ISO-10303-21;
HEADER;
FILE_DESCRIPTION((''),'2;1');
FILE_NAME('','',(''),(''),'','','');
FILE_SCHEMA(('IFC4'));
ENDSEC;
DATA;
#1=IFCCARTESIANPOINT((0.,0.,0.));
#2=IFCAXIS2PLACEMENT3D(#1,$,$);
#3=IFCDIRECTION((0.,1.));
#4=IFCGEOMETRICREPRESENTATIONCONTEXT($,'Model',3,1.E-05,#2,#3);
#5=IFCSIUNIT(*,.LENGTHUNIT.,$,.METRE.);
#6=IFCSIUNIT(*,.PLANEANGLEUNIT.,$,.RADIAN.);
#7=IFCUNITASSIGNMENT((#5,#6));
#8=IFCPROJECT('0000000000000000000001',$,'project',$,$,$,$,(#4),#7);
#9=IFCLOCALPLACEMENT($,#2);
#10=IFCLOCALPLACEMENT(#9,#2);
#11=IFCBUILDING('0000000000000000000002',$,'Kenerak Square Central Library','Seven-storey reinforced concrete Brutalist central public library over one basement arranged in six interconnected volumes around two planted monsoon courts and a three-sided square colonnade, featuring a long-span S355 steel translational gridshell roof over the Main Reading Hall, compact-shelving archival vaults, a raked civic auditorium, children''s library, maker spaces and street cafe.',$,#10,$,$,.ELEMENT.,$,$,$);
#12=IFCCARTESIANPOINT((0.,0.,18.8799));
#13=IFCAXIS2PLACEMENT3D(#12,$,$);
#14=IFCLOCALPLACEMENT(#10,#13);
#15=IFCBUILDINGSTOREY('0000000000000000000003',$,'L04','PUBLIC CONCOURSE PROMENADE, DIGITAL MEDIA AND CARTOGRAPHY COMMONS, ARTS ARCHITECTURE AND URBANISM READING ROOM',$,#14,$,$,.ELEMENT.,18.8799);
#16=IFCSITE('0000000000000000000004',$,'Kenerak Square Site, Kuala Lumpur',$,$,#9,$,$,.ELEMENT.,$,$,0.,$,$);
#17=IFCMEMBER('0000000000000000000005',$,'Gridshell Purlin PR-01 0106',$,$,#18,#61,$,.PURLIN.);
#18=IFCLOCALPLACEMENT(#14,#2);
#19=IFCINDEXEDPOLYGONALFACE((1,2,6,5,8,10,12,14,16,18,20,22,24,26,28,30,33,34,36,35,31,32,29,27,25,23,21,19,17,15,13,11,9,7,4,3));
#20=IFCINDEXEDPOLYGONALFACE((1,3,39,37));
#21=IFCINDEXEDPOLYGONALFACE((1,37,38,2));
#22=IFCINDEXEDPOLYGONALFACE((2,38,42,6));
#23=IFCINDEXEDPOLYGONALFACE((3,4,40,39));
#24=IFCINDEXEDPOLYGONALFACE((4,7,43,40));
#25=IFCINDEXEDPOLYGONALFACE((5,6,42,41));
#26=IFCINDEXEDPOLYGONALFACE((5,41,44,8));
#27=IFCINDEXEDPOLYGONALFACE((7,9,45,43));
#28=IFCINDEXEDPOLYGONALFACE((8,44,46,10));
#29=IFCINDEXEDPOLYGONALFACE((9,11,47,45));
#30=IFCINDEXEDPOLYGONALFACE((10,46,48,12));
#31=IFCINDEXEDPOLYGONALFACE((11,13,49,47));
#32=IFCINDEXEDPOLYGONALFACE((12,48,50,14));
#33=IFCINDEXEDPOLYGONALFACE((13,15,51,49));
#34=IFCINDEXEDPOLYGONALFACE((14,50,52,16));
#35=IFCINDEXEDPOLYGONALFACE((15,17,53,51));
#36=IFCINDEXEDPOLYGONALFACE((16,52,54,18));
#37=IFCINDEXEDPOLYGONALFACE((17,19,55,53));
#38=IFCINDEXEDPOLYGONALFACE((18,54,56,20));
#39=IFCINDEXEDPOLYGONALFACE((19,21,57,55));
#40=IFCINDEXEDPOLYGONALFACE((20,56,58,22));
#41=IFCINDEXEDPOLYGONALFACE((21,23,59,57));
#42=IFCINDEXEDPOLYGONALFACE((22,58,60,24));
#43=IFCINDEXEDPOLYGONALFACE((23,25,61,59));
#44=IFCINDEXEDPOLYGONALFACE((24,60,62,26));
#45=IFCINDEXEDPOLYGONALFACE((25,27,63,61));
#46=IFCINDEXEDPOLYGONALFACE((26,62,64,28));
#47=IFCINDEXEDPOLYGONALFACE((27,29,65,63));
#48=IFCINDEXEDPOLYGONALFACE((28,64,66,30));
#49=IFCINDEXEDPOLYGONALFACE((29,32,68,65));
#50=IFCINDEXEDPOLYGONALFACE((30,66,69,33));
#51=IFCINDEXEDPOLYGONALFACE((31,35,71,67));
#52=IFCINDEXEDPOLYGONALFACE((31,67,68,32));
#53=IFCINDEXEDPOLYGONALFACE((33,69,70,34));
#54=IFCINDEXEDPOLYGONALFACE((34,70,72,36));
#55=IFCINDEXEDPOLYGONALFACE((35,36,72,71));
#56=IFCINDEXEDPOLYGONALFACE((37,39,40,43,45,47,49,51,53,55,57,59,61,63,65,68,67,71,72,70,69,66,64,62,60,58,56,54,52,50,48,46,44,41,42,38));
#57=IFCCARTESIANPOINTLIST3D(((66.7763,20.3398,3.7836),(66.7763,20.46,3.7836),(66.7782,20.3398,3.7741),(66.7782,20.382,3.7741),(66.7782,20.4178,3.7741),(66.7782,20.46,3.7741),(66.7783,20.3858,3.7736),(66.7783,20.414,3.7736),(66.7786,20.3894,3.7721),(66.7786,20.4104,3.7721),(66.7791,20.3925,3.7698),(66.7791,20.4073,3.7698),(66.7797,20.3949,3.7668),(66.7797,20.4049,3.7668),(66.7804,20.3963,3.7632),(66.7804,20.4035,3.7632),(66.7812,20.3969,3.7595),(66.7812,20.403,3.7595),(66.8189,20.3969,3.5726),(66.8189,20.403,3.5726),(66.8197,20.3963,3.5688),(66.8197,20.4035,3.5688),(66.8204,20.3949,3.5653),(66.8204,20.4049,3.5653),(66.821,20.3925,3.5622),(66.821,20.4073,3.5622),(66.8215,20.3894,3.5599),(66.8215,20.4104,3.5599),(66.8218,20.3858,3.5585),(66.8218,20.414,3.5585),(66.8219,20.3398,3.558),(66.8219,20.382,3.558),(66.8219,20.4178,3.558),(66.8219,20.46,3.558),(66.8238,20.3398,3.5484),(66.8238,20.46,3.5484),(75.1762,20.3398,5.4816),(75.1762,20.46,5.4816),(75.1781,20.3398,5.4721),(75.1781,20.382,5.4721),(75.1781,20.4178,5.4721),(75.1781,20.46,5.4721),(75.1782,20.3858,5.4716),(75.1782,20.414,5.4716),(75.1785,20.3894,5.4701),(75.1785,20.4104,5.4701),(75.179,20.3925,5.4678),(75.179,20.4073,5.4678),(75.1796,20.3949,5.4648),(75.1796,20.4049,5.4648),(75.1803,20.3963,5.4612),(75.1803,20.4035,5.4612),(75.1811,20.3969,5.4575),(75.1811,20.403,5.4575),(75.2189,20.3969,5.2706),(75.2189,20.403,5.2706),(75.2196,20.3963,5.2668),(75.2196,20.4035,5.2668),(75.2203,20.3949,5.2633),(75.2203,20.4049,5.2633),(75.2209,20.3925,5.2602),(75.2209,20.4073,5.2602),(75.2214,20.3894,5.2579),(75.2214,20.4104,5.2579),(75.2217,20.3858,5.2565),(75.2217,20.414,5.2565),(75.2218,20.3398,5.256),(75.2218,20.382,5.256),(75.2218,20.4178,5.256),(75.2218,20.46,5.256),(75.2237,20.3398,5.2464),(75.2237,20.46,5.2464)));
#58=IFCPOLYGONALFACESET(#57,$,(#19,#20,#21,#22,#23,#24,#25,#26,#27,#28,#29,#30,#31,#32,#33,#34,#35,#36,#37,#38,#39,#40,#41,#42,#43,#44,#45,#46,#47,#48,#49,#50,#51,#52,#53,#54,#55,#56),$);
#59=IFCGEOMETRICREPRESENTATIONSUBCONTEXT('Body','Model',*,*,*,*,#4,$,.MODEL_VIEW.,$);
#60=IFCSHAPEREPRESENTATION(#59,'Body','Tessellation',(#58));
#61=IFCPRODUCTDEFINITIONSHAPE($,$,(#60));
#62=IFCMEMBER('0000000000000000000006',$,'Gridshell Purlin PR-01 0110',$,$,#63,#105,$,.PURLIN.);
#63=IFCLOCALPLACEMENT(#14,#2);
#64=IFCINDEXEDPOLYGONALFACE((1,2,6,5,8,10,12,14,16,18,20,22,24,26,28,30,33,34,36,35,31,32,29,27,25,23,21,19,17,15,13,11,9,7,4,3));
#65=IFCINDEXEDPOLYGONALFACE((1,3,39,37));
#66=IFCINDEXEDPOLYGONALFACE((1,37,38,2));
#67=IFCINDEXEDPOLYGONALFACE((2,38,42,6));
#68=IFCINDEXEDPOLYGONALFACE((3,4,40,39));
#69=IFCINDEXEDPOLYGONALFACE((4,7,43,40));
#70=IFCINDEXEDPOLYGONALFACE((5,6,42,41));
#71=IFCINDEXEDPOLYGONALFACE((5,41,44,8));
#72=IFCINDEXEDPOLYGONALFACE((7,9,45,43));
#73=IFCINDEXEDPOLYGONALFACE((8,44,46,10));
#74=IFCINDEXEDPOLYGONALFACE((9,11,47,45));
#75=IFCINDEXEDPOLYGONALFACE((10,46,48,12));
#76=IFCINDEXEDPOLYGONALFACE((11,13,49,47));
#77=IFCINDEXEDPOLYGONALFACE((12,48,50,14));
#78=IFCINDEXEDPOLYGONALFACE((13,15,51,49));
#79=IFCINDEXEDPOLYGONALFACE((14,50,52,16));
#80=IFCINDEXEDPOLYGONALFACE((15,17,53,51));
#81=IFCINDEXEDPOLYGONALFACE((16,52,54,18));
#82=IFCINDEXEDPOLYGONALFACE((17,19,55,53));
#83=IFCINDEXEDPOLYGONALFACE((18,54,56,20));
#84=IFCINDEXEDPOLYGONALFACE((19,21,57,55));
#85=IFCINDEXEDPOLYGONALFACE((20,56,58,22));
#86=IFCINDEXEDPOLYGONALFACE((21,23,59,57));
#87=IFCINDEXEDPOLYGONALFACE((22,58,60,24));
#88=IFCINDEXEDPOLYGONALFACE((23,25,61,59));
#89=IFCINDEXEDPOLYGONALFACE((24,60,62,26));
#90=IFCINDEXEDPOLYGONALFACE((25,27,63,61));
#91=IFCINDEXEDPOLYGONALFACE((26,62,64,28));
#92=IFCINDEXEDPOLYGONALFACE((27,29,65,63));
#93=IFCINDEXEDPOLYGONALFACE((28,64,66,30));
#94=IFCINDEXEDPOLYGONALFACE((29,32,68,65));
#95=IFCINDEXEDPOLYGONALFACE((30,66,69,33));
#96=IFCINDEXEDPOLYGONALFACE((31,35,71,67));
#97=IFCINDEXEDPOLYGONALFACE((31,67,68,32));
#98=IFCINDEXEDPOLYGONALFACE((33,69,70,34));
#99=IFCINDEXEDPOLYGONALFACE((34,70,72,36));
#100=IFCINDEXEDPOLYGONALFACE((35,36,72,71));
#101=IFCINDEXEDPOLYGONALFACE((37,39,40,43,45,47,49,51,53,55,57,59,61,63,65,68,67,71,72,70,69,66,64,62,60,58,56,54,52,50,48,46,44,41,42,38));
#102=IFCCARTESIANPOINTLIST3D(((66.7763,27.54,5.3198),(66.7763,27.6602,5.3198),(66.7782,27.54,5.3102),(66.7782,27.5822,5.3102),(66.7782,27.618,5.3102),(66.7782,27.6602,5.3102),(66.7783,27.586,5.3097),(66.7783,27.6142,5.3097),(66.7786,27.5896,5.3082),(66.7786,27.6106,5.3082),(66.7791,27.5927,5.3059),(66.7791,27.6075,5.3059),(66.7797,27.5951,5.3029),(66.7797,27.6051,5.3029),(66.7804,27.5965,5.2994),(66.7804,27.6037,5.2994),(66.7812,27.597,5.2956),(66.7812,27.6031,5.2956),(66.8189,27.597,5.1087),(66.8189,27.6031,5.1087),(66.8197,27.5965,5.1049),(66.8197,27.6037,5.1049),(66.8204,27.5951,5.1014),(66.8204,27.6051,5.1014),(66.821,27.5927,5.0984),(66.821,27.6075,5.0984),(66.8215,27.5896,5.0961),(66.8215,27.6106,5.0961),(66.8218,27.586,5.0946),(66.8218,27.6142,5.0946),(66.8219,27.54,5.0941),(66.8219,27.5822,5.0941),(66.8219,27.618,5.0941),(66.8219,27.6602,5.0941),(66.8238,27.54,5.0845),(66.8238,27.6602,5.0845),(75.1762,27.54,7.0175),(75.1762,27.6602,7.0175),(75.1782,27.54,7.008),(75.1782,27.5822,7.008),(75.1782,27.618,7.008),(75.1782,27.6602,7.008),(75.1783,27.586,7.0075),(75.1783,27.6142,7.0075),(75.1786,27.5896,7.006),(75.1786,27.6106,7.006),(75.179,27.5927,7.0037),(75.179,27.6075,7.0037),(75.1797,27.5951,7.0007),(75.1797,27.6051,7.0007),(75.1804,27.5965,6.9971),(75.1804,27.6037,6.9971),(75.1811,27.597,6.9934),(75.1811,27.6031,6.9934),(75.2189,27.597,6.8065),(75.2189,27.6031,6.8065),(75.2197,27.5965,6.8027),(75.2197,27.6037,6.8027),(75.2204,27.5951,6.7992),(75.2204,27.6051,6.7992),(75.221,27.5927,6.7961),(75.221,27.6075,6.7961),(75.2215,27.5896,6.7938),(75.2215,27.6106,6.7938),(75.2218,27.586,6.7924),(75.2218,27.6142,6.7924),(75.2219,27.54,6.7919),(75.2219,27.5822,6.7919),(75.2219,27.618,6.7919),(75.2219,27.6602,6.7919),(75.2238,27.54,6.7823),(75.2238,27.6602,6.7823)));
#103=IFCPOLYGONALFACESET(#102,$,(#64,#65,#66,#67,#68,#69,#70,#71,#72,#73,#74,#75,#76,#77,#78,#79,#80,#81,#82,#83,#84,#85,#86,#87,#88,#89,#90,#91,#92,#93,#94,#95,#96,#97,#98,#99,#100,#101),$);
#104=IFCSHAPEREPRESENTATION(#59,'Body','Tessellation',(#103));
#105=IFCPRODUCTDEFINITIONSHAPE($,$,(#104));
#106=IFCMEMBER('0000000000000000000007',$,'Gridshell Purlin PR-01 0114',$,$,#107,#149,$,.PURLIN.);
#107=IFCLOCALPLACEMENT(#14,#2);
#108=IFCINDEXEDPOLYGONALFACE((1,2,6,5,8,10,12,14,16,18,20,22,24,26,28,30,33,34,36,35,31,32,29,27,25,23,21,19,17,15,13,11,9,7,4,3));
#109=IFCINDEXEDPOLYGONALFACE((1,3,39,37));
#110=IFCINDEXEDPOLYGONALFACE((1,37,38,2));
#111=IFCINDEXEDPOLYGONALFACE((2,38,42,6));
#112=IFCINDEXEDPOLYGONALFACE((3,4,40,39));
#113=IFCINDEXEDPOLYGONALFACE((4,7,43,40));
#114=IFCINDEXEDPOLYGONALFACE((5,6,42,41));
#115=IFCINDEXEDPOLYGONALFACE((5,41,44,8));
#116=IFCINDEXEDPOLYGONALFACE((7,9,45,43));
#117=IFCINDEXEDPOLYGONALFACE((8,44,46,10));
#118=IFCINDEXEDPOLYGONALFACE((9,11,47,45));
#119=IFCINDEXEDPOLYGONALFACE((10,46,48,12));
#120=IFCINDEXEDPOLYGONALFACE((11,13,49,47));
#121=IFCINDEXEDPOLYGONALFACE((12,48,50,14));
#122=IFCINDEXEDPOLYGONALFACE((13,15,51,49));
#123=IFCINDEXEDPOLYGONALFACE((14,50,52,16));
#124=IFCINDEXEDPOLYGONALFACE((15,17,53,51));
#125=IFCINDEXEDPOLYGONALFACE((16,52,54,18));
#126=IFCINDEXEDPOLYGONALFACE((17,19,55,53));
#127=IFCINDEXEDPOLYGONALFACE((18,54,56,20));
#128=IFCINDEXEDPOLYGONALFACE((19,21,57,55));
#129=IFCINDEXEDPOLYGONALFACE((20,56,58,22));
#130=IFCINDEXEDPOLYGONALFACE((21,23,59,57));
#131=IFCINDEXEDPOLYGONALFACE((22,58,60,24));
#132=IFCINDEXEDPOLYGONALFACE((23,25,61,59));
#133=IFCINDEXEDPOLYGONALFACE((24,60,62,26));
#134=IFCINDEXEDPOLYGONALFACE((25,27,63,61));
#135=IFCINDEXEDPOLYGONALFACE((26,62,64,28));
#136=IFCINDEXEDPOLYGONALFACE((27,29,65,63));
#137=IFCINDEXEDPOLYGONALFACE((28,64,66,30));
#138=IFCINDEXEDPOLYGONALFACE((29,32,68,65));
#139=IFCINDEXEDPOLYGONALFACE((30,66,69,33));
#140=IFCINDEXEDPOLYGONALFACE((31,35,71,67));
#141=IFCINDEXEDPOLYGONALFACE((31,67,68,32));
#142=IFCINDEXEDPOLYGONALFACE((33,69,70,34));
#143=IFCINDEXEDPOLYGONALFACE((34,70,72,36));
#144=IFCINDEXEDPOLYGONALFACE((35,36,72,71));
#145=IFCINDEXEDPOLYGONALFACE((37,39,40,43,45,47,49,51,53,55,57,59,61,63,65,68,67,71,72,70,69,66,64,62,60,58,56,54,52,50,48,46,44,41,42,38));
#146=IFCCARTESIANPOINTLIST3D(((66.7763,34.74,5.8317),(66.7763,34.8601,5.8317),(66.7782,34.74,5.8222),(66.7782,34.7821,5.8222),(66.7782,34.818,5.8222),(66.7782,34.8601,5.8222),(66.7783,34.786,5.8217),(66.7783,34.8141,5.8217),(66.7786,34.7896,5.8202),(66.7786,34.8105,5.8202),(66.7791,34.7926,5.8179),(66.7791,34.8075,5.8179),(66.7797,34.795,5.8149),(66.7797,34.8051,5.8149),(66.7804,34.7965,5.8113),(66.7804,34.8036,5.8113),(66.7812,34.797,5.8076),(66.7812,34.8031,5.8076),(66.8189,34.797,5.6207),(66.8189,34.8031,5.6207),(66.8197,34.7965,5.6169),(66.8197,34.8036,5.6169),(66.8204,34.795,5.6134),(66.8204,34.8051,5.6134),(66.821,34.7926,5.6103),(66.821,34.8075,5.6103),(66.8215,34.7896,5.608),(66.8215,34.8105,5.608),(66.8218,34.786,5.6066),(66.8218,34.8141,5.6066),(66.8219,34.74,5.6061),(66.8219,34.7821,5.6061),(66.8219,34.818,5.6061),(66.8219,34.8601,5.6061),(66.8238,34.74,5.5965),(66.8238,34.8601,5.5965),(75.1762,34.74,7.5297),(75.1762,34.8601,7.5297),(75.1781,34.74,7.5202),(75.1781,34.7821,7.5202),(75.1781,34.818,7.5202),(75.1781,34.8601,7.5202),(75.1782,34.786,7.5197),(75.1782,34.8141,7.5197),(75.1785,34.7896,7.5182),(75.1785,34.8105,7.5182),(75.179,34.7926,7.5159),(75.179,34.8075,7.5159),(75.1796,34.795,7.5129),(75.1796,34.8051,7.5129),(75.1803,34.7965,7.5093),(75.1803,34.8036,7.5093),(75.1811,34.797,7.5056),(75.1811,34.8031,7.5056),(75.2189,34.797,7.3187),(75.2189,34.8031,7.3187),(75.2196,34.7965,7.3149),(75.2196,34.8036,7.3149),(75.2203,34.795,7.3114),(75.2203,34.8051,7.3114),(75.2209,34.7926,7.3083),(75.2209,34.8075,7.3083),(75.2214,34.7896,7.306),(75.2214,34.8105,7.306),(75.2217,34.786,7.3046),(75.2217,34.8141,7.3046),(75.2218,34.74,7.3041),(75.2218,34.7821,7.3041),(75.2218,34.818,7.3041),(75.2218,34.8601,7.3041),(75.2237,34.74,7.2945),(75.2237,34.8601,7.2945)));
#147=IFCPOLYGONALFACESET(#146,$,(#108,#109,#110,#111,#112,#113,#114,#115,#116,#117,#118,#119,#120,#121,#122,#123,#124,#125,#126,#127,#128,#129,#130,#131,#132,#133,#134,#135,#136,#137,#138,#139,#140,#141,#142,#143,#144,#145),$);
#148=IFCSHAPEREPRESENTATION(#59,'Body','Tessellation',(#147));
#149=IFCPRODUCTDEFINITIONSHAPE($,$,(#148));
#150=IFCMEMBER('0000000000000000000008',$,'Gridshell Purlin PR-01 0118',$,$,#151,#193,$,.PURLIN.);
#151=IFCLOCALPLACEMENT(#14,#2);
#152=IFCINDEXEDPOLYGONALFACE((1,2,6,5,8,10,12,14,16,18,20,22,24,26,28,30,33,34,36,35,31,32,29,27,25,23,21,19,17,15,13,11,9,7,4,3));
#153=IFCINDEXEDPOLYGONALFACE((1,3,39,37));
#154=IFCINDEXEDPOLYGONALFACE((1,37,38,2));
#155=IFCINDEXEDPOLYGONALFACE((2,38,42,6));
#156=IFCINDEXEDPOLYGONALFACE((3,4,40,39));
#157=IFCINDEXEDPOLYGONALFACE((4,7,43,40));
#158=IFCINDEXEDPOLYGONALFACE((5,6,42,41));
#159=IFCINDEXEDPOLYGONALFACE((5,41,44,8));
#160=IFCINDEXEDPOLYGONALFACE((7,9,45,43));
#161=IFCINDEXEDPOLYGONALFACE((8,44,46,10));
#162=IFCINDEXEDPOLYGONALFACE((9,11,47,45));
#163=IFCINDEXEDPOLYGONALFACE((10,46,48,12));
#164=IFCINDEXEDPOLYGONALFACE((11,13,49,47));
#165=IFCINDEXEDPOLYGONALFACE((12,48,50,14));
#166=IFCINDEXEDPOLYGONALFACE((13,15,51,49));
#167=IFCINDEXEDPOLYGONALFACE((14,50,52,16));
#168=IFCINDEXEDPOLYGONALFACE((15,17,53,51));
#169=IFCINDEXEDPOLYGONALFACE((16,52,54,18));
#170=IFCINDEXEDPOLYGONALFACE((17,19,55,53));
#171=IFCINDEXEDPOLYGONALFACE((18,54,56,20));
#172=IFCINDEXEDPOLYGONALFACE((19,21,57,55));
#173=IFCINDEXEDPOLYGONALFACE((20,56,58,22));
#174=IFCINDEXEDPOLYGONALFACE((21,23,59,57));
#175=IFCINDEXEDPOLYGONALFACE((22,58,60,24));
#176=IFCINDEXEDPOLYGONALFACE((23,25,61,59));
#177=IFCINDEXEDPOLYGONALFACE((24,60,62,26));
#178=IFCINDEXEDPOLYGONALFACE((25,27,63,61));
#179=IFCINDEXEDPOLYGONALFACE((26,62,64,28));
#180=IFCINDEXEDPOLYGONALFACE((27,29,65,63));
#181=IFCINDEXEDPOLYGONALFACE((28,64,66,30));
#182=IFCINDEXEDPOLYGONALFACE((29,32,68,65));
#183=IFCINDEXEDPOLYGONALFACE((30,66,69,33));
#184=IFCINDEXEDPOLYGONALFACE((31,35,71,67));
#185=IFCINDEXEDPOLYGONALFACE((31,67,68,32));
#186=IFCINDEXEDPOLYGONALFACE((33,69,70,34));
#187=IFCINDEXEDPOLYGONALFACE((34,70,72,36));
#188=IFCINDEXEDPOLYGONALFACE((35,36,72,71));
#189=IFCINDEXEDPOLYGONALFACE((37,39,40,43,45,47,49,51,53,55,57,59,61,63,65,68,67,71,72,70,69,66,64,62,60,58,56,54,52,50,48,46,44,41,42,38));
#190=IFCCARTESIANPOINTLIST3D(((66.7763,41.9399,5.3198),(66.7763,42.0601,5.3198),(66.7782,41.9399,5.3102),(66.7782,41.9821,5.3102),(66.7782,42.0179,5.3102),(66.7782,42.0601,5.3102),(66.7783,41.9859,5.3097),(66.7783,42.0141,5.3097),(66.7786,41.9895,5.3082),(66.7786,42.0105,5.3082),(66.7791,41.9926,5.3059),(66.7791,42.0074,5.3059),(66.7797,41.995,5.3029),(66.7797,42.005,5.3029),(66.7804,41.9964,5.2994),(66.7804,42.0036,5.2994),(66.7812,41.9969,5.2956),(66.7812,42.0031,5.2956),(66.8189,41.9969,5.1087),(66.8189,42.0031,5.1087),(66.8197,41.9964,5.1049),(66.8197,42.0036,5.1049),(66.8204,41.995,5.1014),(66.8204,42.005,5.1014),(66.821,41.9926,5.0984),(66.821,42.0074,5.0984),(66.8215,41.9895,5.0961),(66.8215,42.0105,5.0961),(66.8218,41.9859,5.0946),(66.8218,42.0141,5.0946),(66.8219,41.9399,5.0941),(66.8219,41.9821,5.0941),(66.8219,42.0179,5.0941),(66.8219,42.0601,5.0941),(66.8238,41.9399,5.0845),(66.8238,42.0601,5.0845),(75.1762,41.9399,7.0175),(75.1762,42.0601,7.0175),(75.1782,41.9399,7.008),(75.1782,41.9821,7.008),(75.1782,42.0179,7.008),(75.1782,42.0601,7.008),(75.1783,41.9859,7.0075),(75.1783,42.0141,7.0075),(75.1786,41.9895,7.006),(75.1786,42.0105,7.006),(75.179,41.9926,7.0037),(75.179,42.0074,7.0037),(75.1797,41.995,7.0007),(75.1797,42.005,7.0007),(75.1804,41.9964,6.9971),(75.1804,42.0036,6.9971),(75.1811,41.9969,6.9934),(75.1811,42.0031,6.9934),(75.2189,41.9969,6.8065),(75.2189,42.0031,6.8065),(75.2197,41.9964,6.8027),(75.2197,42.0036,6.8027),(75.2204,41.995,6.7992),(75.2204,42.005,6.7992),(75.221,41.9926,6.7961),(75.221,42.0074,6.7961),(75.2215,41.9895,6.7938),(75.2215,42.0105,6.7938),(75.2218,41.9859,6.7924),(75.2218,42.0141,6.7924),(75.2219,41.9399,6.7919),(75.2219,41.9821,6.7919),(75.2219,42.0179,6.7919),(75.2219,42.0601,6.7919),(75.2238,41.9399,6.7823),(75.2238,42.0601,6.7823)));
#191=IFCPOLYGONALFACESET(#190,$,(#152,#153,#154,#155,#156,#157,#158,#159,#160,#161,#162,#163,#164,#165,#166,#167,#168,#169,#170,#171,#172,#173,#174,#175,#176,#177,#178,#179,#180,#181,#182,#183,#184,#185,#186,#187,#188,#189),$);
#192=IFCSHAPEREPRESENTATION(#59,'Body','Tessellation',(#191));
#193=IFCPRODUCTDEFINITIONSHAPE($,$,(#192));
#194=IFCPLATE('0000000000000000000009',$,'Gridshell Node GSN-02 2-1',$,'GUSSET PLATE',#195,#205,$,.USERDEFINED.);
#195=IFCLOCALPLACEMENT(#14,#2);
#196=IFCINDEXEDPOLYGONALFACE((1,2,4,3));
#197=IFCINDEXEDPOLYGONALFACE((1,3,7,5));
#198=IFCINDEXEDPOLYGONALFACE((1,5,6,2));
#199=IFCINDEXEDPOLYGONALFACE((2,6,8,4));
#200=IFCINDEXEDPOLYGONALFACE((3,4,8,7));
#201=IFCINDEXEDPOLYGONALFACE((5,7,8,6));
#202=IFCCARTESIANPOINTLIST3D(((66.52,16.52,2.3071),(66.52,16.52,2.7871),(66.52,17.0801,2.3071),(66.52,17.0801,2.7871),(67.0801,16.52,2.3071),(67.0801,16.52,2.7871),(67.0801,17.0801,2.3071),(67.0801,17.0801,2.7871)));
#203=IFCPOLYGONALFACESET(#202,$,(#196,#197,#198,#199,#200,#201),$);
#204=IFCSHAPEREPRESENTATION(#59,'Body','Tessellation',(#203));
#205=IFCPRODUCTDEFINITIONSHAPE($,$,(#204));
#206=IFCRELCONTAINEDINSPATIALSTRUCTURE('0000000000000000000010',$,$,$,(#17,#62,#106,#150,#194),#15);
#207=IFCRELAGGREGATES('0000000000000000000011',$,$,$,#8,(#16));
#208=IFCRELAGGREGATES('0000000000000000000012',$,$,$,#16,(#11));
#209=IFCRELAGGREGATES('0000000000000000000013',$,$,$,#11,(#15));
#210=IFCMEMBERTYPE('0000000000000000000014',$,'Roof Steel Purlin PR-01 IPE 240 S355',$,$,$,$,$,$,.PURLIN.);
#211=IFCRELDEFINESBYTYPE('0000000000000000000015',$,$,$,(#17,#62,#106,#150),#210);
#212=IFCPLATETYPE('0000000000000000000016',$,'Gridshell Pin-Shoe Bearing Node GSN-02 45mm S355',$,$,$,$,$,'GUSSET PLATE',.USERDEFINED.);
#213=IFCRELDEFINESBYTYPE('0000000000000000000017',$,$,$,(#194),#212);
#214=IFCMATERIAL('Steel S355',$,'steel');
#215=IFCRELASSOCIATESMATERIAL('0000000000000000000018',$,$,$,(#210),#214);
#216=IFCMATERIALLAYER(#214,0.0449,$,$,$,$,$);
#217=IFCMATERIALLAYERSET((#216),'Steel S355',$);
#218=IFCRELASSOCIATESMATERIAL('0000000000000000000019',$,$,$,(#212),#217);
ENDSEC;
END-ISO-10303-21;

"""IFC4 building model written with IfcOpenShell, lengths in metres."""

from ifc_helpers import new_model, si_unit, direction, frame, origin, origin_2d, place, context, subcontext, project, spatial, rectangle, i_section, extrude, material, layer, layer_set, material_profile, profile_set, type_object, element, save


model = new_model("IFC4")

# Units and contexts
model_context = context("Model", 3, precision=1e-05, world=origin(), true_north=direction((0.0, 1.0)))
body_context = subcontext(model_context, "Body", "Model", "MODEL_VIEW")
ifc_project = project(units=[si_unit("LENGTHUNIT", "METRE"), si_unit("PLANEANGLEUNIT", "RADIAN")], contexts=[model_context])

# Site, building, storey
site_placement = place(None, origin())
site = spatial("IfcSite", under=ifc_project, at=site_placement, Name="Kenerak Square Site, Kuala Lumpur", CompositionType="ELEMENT", RefElevation=0.0)
building_placement = place(site_placement, origin())
building = spatial("IfcBuilding", under=site, at=building_placement, Name="Kenerak Square Central Library", Description="Seven-storey reinforced concrete Brutalist central public library over one basement arranged in six interconnected volumes around two planted monsoon courts and a three-sided square colonnade, featuring a long-span S355 steel translational gridshell roof over the Main Reading Hall, compact-shelving archival vaults, a raked civic auditorium, children's library, maker spaces and street cafe.", CompositionType="ELEMENT")
storey_placement = place(building_placement, frame((0.0, 0.0, 18.8799)))
storey = spatial("IfcBuildingStorey", under=building, at=storey_placement, Name="L04", Description="PUBLIC CONCOURSE PROMENADE, DIGITAL MEDIA AND CARTOGRAPHY COMMONS, ARTS ARCHITECTURE AND URBANISM READING ROOM", CompositionType="ELEMENT", Elevation=18.8799)

# Members
ifc_material = material(Name="Steel S355", Category="steel")
ifc_material_profile_1 = material_profile(ifc_material, i_section(OverallWidth=0.1201, OverallDepth=0.24, WebThickness=0.0061, FlangeThickness=0.0098, FilletRadius=0.0149, at=origin_2d()), Name="IPE 240")
ifc_profile_set_1 = profile_set([ifc_material_profile_1], Name="Steel S355")
member_type_1 = type_object("IfcMemberType", Name="Roof Steel Purlin PR-01 IPE 240 S355", PredefinedType="PURLIN", material=ifc_profile_set_1)
for number, where, z_axis, x_axis, name in (
    (1, (66.8, 20.3999, 3.666), (0.980174, 0.0, 0.198137), (0.0, 1.0, 0.0), "Gridshell Purlin PR-01 0106"),
    (2, (66.8, 27.6001, 5.2021), (0.98018, 0.0, 0.19811), (0.0, 1.0, 0.0), "Gridshell Purlin PR-01 0110"),
    (3, (66.8, 34.8, 5.7141), (0.980174, 0.0, 0.198137), (0.0, 1.0, 0.0), "Gridshell Purlin PR-01 0114"),
    (4, (66.8, 42.0, 5.2021), (0.98018, 0.0, 0.19811), (0.0, 1.0, 0.0), "Gridshell Purlin PR-01 0118"),
):
    element("IfcMember", number, at=place(storey_placement, frame(where, z_axis=z_axis, x_axis=x_axis)), inside=storey, type_object=member_type_1, Name=name, PredefinedType="PURLIN", context=body_context, shape_type="SweptSolid", body=[
        extrude(i_section(OverallWidth=0.1201, OverallDepth=0.24, WebThickness=0.0061, FlangeThickness=0.0098, FilletRadius=0.0149, at=origin_2d()), origin(), (0.0, 0.0, 1.0), 8.5698),
    ])

# Plate
ifc_layer_1 = layer(ifc_material, 0.0449)
ifc_layer_set_1 = layer_set([ifc_layer_1], Name="Steel S355")
plate_type_1 = type_object("IfcPlateType", Name="Gridshell Pin-Shoe Bearing Node GSN-02 45mm S355", ElementType="GUSSET PLATE", PredefinedType="USERDEFINED", material=ifc_layer_set_1)
plate_placement = place(storey_placement, frame((66.8, 16.8, 2.3071), z_axis=(0.0, 0.0, 1.0), x_axis=(1.0, 0.0, 0.0)))
element("IfcPlate", 5, at=plate_placement, inside=storey, type_object=plate_type_1, Name="Gridshell Node GSN-02 2-1", ObjectType="GUSSET PLATE", PredefinedType="USERDEFINED", context=body_context, shape_type="SweptSolid", body=[
    extrude(rectangle(XDim=0.5601, YDim=0.5601, at=origin_2d()), origin(), (0.0, 0.0, 1.0), 0.48),
])

save(model, "model.ifc")
